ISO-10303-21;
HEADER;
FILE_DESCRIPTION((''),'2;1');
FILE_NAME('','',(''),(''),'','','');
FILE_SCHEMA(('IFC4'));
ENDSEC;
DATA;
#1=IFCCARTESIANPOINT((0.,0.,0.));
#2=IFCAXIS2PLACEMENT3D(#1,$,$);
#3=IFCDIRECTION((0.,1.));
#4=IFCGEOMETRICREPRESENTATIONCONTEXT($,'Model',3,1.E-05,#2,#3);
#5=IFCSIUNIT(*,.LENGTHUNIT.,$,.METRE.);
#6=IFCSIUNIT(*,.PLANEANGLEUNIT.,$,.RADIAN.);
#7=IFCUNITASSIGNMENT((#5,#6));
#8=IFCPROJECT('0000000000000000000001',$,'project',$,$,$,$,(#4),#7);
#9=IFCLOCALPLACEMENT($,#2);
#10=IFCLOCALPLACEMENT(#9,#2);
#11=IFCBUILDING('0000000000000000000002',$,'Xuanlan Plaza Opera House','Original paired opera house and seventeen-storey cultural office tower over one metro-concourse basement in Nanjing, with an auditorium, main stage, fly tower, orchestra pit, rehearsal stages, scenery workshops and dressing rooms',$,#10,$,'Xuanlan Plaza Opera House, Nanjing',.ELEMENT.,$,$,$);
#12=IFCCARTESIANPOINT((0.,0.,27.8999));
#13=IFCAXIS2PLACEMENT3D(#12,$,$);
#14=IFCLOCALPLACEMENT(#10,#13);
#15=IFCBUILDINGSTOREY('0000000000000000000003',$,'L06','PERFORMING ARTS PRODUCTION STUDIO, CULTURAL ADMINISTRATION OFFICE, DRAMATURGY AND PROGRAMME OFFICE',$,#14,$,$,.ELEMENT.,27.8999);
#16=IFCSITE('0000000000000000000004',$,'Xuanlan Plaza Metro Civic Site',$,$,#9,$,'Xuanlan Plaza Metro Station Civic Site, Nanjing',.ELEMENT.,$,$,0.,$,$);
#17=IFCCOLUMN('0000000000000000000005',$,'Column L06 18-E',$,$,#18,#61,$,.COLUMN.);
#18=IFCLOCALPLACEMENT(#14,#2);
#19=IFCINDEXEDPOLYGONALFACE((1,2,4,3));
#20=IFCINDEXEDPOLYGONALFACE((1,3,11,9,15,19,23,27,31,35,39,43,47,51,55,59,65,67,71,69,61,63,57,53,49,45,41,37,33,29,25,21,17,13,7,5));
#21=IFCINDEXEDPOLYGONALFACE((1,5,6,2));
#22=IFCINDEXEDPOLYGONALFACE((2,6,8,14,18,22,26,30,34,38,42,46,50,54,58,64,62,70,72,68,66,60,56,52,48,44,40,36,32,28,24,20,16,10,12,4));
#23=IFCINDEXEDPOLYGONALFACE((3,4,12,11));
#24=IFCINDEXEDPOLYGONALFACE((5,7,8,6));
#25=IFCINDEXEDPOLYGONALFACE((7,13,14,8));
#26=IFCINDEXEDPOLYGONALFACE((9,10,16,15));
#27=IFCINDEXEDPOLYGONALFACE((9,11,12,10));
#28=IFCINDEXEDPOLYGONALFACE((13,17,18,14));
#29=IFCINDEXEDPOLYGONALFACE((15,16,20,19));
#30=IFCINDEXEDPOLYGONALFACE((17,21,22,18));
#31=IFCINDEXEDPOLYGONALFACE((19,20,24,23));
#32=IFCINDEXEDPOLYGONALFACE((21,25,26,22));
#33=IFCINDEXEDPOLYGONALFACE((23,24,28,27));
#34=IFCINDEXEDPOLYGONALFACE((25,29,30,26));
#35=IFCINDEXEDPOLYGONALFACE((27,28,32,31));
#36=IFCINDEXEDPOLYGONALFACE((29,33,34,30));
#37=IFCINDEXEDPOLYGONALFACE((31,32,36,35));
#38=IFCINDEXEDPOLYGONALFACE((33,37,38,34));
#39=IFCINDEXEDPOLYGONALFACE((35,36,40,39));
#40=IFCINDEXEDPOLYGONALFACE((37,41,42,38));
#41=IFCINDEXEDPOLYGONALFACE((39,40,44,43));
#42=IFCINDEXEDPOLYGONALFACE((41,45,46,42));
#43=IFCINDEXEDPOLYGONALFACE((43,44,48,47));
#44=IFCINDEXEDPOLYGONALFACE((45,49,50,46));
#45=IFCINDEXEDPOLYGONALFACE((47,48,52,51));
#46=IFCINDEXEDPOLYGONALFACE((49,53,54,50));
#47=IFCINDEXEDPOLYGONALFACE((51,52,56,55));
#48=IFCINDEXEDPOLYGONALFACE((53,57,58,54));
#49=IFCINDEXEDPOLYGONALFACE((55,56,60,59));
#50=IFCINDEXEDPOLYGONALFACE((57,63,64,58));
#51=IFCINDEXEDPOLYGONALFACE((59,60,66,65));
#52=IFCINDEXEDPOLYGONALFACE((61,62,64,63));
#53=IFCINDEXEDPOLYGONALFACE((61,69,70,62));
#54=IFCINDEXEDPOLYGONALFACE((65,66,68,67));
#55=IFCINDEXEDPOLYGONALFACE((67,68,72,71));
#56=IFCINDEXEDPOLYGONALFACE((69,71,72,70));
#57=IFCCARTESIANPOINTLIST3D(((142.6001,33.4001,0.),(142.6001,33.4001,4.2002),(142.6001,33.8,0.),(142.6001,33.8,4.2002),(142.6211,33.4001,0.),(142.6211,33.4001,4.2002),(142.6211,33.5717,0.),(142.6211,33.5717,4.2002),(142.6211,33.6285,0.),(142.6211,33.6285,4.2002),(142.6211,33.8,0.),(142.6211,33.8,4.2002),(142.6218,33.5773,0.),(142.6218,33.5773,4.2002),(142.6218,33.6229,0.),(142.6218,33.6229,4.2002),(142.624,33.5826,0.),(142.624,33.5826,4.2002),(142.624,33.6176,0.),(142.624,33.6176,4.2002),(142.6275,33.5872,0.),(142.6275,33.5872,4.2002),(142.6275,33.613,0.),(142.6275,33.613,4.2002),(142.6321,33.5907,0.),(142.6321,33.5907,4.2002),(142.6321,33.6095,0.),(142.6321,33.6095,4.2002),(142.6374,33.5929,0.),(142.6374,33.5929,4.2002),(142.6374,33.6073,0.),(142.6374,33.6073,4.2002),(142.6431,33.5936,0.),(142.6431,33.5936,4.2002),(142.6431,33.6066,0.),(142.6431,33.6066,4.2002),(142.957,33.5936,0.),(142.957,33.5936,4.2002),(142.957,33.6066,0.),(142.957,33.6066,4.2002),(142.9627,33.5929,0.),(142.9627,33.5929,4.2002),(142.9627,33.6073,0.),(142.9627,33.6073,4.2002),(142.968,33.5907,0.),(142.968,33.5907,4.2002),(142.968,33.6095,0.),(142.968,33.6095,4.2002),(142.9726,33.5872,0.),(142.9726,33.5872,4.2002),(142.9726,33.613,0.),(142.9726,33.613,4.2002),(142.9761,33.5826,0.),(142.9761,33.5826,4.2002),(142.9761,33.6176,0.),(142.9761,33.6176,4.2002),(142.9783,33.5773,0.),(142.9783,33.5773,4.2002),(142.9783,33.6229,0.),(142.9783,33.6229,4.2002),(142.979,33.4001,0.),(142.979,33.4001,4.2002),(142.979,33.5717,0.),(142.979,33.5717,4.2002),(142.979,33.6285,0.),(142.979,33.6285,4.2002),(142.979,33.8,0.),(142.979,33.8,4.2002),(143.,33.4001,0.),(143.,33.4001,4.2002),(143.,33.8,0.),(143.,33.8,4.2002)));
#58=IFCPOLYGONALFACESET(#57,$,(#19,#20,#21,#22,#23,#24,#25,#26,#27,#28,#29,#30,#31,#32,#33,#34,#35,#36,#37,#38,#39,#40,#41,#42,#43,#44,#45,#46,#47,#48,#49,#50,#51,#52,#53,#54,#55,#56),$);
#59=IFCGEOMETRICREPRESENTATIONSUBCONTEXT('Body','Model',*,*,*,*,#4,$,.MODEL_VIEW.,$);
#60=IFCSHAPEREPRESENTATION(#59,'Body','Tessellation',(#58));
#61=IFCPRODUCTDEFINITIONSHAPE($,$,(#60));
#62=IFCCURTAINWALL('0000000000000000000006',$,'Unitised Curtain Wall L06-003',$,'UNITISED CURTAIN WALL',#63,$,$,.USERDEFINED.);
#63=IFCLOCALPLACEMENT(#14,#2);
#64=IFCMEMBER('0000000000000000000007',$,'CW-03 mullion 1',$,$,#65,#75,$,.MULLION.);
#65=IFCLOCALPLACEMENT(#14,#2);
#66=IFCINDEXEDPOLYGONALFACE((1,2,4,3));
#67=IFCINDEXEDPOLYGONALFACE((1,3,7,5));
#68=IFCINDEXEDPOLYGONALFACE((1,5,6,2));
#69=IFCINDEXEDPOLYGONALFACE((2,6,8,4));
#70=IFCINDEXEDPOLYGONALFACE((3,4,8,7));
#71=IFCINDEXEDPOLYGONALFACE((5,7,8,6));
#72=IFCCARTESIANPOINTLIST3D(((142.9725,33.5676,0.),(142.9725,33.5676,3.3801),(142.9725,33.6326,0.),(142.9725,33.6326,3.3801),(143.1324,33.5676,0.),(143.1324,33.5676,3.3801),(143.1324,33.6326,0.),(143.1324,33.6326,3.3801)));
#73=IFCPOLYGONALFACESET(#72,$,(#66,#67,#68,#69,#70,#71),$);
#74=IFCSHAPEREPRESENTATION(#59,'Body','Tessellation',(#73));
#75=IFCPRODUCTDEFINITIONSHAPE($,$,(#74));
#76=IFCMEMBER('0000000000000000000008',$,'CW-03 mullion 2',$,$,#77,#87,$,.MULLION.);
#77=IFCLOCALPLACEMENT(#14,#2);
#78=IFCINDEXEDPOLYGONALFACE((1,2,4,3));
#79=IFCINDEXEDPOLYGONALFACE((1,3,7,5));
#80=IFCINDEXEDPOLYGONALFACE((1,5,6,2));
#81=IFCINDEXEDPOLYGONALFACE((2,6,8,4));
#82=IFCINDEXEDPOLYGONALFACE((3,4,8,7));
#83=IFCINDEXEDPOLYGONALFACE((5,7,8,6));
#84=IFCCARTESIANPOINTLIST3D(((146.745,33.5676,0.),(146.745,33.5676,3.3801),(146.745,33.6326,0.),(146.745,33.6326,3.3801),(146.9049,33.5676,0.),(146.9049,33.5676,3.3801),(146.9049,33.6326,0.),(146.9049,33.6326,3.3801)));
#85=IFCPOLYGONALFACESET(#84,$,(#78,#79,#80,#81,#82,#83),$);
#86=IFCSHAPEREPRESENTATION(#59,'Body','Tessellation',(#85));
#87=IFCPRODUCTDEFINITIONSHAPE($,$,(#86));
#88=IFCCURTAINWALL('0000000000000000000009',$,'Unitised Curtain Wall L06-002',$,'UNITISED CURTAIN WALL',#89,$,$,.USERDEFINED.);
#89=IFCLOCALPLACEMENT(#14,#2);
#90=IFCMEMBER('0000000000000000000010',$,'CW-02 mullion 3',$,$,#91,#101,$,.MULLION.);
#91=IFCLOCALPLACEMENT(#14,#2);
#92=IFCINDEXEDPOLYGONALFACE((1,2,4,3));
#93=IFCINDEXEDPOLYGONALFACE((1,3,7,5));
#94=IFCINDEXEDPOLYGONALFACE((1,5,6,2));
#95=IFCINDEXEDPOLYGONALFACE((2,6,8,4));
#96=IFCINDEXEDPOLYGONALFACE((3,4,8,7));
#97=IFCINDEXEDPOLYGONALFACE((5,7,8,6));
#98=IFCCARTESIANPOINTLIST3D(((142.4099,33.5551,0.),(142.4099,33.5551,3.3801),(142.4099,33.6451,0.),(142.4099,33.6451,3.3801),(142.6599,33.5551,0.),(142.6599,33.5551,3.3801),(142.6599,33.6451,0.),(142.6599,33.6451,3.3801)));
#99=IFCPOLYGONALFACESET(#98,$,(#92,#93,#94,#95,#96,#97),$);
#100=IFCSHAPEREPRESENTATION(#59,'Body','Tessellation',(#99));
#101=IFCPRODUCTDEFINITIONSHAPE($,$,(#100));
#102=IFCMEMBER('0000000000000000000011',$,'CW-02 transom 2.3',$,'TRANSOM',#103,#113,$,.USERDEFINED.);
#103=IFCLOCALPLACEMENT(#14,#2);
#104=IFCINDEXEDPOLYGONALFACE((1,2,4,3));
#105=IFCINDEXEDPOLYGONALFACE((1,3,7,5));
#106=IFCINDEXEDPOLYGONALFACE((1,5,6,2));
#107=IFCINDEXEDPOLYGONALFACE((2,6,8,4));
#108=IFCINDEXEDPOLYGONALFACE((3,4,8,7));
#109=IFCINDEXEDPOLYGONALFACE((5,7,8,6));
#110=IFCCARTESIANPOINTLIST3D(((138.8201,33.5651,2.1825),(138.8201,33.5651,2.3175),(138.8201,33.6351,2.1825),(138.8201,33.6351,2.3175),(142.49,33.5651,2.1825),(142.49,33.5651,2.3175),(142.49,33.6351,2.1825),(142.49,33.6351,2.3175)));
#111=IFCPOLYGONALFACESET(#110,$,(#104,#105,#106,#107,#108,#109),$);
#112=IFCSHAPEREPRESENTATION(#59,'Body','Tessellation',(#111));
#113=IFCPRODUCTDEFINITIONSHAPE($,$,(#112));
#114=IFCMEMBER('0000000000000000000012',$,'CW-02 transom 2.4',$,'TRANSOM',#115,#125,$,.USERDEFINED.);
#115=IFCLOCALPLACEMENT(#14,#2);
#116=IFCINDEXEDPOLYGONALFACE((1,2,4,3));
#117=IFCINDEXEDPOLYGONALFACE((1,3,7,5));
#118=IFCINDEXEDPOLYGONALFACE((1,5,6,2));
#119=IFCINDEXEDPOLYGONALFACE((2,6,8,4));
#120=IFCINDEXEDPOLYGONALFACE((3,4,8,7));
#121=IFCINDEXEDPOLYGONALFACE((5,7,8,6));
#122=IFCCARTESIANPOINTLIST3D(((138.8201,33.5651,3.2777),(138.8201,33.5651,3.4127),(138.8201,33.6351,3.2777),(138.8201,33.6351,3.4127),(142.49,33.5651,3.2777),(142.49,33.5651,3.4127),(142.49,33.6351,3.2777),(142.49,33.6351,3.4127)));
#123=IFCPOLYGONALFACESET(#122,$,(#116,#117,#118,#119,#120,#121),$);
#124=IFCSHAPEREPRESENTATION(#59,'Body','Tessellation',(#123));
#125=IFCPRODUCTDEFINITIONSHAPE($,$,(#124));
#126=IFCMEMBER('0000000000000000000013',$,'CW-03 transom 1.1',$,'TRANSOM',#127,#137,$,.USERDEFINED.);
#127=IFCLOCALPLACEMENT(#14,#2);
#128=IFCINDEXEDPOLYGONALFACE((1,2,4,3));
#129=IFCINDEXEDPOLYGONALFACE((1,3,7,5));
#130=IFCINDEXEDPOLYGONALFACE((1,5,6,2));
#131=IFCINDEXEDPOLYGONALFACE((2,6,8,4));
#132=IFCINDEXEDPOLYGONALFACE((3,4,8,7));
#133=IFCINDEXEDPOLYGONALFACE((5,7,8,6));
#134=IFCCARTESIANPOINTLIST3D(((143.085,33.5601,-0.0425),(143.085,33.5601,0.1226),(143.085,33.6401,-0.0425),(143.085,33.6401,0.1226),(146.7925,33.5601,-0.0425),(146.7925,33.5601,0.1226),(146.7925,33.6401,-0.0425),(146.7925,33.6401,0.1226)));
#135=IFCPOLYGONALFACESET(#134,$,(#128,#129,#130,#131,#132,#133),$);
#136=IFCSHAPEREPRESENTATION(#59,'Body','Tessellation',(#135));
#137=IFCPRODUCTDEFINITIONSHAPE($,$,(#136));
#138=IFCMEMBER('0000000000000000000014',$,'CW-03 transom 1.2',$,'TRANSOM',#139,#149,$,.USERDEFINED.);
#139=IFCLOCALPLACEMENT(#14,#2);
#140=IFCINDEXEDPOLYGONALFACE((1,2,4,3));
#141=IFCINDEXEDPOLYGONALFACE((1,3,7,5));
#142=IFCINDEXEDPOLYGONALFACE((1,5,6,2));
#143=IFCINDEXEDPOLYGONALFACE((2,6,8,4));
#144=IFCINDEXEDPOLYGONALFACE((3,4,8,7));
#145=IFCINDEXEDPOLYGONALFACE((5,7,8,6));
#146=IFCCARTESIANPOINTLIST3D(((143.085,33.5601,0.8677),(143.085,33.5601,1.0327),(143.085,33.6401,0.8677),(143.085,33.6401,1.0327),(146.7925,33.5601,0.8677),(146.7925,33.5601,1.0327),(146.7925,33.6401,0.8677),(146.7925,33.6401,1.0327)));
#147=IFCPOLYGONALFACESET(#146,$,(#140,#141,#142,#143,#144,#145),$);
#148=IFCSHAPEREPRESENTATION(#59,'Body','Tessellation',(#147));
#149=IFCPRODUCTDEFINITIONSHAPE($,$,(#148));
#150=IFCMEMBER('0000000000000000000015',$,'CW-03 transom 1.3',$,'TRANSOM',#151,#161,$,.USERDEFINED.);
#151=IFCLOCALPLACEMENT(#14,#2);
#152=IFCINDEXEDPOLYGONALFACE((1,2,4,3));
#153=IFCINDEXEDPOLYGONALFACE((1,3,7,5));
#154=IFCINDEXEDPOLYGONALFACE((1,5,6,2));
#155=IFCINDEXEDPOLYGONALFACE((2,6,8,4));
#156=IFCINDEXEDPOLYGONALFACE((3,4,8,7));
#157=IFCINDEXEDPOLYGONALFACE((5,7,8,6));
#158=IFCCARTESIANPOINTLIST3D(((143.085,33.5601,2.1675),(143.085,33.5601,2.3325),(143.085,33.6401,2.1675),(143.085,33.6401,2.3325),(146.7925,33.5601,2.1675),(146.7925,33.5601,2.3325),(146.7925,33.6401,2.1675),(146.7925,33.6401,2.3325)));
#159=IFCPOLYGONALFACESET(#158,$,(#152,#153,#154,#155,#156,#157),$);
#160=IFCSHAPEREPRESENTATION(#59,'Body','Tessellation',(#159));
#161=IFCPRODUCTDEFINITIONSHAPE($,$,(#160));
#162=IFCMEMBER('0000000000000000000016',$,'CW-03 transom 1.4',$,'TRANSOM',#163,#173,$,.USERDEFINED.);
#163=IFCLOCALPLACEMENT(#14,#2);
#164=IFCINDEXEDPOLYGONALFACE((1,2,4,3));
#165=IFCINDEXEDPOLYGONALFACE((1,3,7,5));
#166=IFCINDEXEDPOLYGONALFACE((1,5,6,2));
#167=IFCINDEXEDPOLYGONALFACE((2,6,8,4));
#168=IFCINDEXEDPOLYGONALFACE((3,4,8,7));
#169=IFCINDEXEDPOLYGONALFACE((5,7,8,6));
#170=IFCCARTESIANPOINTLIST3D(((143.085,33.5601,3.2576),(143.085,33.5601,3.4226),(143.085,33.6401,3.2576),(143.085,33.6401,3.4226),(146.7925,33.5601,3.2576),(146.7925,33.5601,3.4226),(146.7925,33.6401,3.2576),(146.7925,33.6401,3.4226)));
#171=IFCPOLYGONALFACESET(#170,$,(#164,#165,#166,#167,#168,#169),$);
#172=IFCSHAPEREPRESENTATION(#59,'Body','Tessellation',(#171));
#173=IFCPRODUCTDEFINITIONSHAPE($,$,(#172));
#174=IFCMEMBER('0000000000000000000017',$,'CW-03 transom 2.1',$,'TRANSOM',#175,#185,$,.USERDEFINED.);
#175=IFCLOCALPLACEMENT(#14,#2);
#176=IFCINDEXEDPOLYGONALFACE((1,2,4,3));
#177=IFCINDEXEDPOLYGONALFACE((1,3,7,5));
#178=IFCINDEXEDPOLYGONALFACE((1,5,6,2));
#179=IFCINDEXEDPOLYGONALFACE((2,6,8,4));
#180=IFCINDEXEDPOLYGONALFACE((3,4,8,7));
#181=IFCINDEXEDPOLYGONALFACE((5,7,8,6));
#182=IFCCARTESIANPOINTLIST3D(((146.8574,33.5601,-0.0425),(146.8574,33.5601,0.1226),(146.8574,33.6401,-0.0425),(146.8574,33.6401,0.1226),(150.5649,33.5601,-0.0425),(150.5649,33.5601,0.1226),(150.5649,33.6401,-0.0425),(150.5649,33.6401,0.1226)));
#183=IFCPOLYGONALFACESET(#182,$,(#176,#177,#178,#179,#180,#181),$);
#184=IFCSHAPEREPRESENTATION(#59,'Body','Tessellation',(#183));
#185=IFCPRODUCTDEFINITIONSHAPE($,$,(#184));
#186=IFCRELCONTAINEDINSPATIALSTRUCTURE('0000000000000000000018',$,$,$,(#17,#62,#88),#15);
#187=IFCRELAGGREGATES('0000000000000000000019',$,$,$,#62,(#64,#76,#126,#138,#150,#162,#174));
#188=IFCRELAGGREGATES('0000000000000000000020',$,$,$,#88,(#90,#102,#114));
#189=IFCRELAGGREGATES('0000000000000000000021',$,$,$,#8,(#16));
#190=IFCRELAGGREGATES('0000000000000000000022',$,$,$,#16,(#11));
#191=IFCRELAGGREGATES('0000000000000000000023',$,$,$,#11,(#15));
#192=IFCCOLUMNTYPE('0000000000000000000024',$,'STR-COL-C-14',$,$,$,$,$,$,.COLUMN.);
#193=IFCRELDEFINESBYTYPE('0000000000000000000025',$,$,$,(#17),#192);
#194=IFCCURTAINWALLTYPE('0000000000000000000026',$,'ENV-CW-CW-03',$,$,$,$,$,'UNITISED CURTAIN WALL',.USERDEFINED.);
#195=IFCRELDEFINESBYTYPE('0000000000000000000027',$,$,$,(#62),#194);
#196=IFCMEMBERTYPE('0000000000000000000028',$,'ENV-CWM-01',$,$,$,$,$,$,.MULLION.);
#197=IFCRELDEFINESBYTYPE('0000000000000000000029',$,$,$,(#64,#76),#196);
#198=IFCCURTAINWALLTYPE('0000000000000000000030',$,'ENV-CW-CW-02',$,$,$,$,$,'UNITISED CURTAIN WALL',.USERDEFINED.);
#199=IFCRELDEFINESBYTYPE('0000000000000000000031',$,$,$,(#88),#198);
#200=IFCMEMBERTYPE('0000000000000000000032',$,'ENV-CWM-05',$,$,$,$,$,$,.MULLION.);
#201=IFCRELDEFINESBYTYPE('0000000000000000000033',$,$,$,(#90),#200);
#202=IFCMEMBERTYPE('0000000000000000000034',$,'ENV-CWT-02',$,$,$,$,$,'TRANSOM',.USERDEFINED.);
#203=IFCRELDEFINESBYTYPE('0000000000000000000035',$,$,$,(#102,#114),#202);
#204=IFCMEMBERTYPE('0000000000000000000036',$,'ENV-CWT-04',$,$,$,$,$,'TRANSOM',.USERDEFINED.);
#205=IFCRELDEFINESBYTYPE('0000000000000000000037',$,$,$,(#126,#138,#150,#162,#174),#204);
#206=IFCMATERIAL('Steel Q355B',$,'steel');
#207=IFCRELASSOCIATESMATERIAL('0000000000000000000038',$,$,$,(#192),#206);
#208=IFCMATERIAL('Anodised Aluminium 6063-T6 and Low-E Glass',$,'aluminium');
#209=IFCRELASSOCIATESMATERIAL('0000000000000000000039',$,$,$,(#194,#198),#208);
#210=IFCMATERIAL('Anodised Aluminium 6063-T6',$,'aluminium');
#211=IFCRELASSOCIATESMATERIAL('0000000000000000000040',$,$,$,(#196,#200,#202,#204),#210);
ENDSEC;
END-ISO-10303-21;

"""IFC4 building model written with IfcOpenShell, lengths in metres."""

from ifc_helpers import new_model, si_unit, direction, frame, origin, origin_2d, place, context, subcontext, project, spatial, rectangle, i_section, extrude, material, material_profile, profile_set, type_object, element, aggregate, save


model = new_model("IFC4")

# Units and contexts
model_context = context("Model", 3, precision=1e-05, world=origin(), true_north=direction((0.0, 1.0)))
body_context = subcontext(model_context, "Body", "Model", "MODEL_VIEW")
ifc_project = project(units=[si_unit("LENGTHUNIT", "METRE"), si_unit("PLANEANGLEUNIT", "RADIAN")], contexts=[model_context])

# Site, building, storey
site_placement = place(None, origin())
site = spatial("IfcSite", under=ifc_project, at=site_placement, Name="Xuanlan Plaza Metro Civic Site", LongName="Xuanlan Plaza Metro Station Civic Site, Nanjing", CompositionType="ELEMENT", RefElevation=0.0)
building_placement = place(site_placement, origin())
building = spatial("IfcBuilding", under=site, at=building_placement, Name="Xuanlan Plaza Opera House", Description="Original paired opera house and seventeen-storey cultural office tower over one metro-concourse basement in Nanjing, with an auditorium, main stage, fly tower, orchestra pit, rehearsal stages, scenery workshops and dressing rooms", LongName="Xuanlan Plaza Opera House, Nanjing", CompositionType="ELEMENT")
storey_placement = place(building_placement, frame((0.0, 0.0, 27.8999)))
storey = spatial("IfcBuildingStorey", under=building, at=storey_placement, Name="L06", Description="PERFORMING ARTS PRODUCTION STUDIO, CULTURAL ADMINISTRATION OFFICE, DRAMATURGY AND PROGRAMME OFFICE", CompositionType="ELEMENT", Elevation=27.8999)

# Column
ifc_material_1 = material(Name="Steel Q355B", Category="steel")
ifc_material_profile_1 = material_profile(ifc_material_1, i_section(OverallWidth=0.3999, OverallDepth=0.3999, WebThickness=0.0129, FlangeThickness=0.021, FilletRadius=0.022, at=origin_2d()), Name="HW 400x400x13x21")
ifc_profile_set_1 = profile_set([ifc_material_profile_1], Name="Steel Q355B")
column_type = type_object("IfcColumnType", Name="STR-COL-C-14", PredefinedType="COLUMN", material=ifc_profile_set_1)
column_placement = place(storey_placement, frame((142.8, 33.6001, 0.0), z_axis=(0.0, 0.0, 1.0), x_axis=(0.0, 1.0, 0.0)))
element("IfcColumn", 1, at=column_placement, inside=storey, type_object=column_type, Name="Column L06 18-E", PredefinedType="COLUMN", context=body_context, shape_type="SweptSolid", body=[
    extrude(i_section(OverallWidth=0.3999, OverallDepth=0.3999, WebThickness=0.0129, FlangeThickness=0.021, FilletRadius=0.022, at=origin_2d()), origin(), (0.0, 0.0, 1.0), 4.2002),
])

# Curtain walls, members
ifc_material_2 = material(Name="Anodised Aluminium 6063-T6 and Low-E Glass", Category="aluminium")
curtain_wall_type_1 = type_object("IfcCurtainWallType", Name="ENV-CW-CW-03", ElementType="UNITISED CURTAIN WALL", PredefinedType="USERDEFINED", material=ifc_material_2)
curtain_wall_1_placement = place(storey_placement, origin())
curtain_wall_1 = element("IfcCurtainWall", 2, at=curtain_wall_1_placement, inside=storey, type_object=curtain_wall_type_1, Name="Unitised Curtain Wall L06-003", ObjectType="UNITISED CURTAIN WALL", PredefinedType="USERDEFINED")
ifc_material_3 = material(Name="Anodised Aluminium 6063-T6", Category="aluminium")
ifc_material_profile_2 = material_profile(ifc_material_3, rectangle(XDim=0.0649, YDim=0.1599, at=origin_2d()), Name="ALU-M 65x160")
ifc_profile_set_2 = profile_set([ifc_material_profile_2], Name="Anodised Aluminium 6063-T6")
member_type_1 = type_object("IfcMemberType", Name="ENV-CWM-01", PredefinedType="MULLION", material=ifc_profile_set_2)
member_1_placement = place(storey_placement, frame((143.0525, 33.6001, 0.0), z_axis=(0.0, 0.0, 1.0), x_axis=(0.0, 1.0, 0.0)))
member_1 = element("IfcMember", 3, at=member_1_placement, type_object=member_type_1, Name="CW-03 mullion 1", PredefinedType="MULLION", context=body_context, shape_type="SweptSolid", body=[
    extrude(rectangle(XDim=0.0649, YDim=0.1599, at=origin_2d()), origin(), (0.0, 0.0, 1.0), 3.3801),
])
member_2_placement = place(storey_placement, frame((146.825, 33.6001, 0.0), z_axis=(0.0, 0.0, 1.0), x_axis=(0.0, 1.0, 0.0)))
member_2 = element("IfcMember", 4, at=member_2_placement, type_object=member_type_1, Name="CW-03 mullion 2", PredefinedType="MULLION", context=body_context, shape_type="SweptSolid", body=[
    extrude(rectangle(XDim=0.0649, YDim=0.1599, at=origin_2d()), origin(), (0.0, 0.0, 1.0), 3.3801),
])
curtain_wall_type_2 = type_object("IfcCurtainWallType", Name="ENV-CW-CW-02", ElementType="UNITISED CURTAIN WALL", PredefinedType="USERDEFINED", material=ifc_material_2)
curtain_wall_2_placement = place(storey_placement, origin())
curtain_wall_2 = element("IfcCurtainWall", 5, at=curtain_wall_2_placement, inside=storey, type_object=curtain_wall_type_2, Name="Unitised Curtain Wall L06-002", ObjectType="UNITISED CURTAIN WALL", PredefinedType="USERDEFINED")
ifc_material_profile_3 = material_profile(ifc_material_3, rectangle(XDim=0.0901, YDim=0.25, at=origin_2d()), Name="ALU-M 90x250")
ifc_profile_set_3 = profile_set([ifc_material_profile_3], Name="Anodised Aluminium 6063-T6")
member_type_2 = type_object("IfcMemberType", Name="ENV-CWM-05", PredefinedType="MULLION", material=ifc_profile_set_3)
member_3_placement = place(storey_placement, frame((142.5349, 33.6001, 0.0), z_axis=(0.0, 0.0, 1.0), x_axis=(0.0, 1.0, 0.0)))
member_3 = element("IfcMember", 6, at=member_3_placement, type_object=member_type_2, Name="CW-02 mullion 3", PredefinedType="MULLION", context=body_context, shape_type="SweptSolid", body=[
    extrude(rectangle(XDim=0.0901, YDim=0.25, at=origin_2d()), origin(), (0.0, 0.0, 1.0), 3.3801),
])
ifc_material_profile_4 = material_profile(ifc_material_3, rectangle(XDim=0.0701, YDim=0.135, at=origin_2d()), Name="ALU-T 70x135")
ifc_profile_set_4 = profile_set([ifc_material_profile_4], Name="Anodised Aluminium 6063-T6")
member_type_3 = type_object("IfcMemberType", Name="ENV-CWT-02", ElementType="TRANSOM", PredefinedType="USERDEFINED", material=ifc_profile_set_4)
member_4_placement = place(storey_placement, frame((138.8201, 33.6001, 2.25), z_axis=(1.0, 0.0, 0.0), x_axis=(0.0, 1.0, 0.0)))
member_4 = element("IfcMember", 7, at=member_4_placement, type_object=member_type_3, Name="CW-02 transom 2.3", ObjectType="TRANSOM", PredefinedType="USERDEFINED", context=body_context, shape_type="SweptSolid", body=[
    extrude(rectangle(XDim=0.0701, YDim=0.135, at=origin_2d()), origin(), (0.0, 0.0, 1.0), 3.6699),
])
member_5_placement = place(storey_placement, frame((138.8201, 33.6001, 3.3452), z_axis=(1.0, 0.0, 0.0), x_axis=(0.0, 1.0, 0.0)))
member_5 = element("IfcMember", 8, at=member_5_placement, type_object=member_type_3, Name="CW-02 transom 2.4", ObjectType="TRANSOM", PredefinedType="USERDEFINED", context=body_context, shape_type="SweptSolid", body=[
    extrude(rectangle(XDim=0.0701, YDim=0.135, at=origin_2d()), origin(), (0.0, 0.0, 1.0), 3.6699),
])

# Members
ifc_material_profile_5 = material_profile(ifc_material_3, rectangle(XDim=0.0801, YDim=0.165, at=origin_2d()), Name="ALU-T 80x165")
ifc_profile_set_5 = profile_set([ifc_material_profile_5], Name="Anodised Aluminium 6063-T6")
member_type_4 = type_object("IfcMemberType", Name="ENV-CWT-04", ElementType="TRANSOM", PredefinedType="USERDEFINED", material=ifc_profile_set_5)
member_6_placement = place(storey_placement, frame((143.085, 33.6001, 0.04), z_axis=(1.0, 0.0, 0.0), x_axis=(0.0, 1.0, 0.0)))
member_6 = element("IfcMember", 9, at=member_6_placement, type_object=member_type_4, Name="CW-03 transom 1.1", ObjectType="TRANSOM", PredefinedType="USERDEFINED", context=body_context, shape_type="SweptSolid", body=[
    extrude(rectangle(XDim=0.0801, YDim=0.165, at=origin_2d()), origin(), (0.0, 0.0, 1.0), 3.7075),
])
member_7_placement = place(storey_placement, frame((143.085, 33.6001, 0.9502), z_axis=(1.0, 0.0, 0.0), x_axis=(0.0, 1.0, 0.0)))
member_7 = element("IfcMember", 10, at=member_7_placement, type_object=member_type_4, Name="CW-03 transom 1.2", ObjectType="TRANSOM", PredefinedType="USERDEFINED", context=body_context, shape_type="SweptSolid", body=[
    extrude(rectangle(XDim=0.0801, YDim=0.165, at=origin_2d()), origin(), (0.0, 0.0, 1.0), 3.7075),
])
member_8_placement = place(storey_placement, frame((143.085, 33.6001, 2.25), z_axis=(1.0, 0.0, 0.0), x_axis=(0.0, 1.0, 0.0)))
member_8 = element("IfcMember", 11, at=member_8_placement, type_object=member_type_4, Name="CW-03 transom 1.3", ObjectType="TRANSOM", PredefinedType="USERDEFINED", context=body_context, shape_type="SweptSolid", body=[
    extrude(rectangle(XDim=0.0801, YDim=0.165, at=origin_2d()), origin(), (0.0, 0.0, 1.0), 3.7075),
])
member_9_placement = place(storey_placement, frame((143.085, 33.6001, 3.3401), z_axis=(1.0, 0.0, 0.0), x_axis=(0.0, 1.0, 0.0)))
member_9 = element("IfcMember", 12, at=member_9_placement, type_object=member_type_4, Name="CW-03 transom 1.4", ObjectType="TRANSOM", PredefinedType="USERDEFINED", context=body_context, shape_type="SweptSolid", body=[
    extrude(rectangle(XDim=0.0801, YDim=0.165, at=origin_2d()), origin(), (0.0, 0.0, 1.0), 3.7075),
])
member_10_placement = place(storey_placement, frame((146.8574, 33.6001, 0.04), z_axis=(1.0, 0.0, 0.0), x_axis=(0.0, 1.0, 0.0)))
member_10 = element("IfcMember", 13, at=member_10_placement, type_object=member_type_4, Name="CW-03 transom 2.1", ObjectType="TRANSOM", PredefinedType="USERDEFINED", context=body_context, shape_type="SweptSolid", body=[
    extrude(rectangle(XDim=0.0801, YDim=0.165, at=origin_2d()), origin(), (0.0, 0.0, 1.0), 3.7075),
])

aggregate(curtain_wall_1, [member_1, member_2, member_6, member_7, member_8, member_9, member_10])
aggregate(curtain_wall_2, [member_3, member_4, member_5])

save(model, "model.ifc")
